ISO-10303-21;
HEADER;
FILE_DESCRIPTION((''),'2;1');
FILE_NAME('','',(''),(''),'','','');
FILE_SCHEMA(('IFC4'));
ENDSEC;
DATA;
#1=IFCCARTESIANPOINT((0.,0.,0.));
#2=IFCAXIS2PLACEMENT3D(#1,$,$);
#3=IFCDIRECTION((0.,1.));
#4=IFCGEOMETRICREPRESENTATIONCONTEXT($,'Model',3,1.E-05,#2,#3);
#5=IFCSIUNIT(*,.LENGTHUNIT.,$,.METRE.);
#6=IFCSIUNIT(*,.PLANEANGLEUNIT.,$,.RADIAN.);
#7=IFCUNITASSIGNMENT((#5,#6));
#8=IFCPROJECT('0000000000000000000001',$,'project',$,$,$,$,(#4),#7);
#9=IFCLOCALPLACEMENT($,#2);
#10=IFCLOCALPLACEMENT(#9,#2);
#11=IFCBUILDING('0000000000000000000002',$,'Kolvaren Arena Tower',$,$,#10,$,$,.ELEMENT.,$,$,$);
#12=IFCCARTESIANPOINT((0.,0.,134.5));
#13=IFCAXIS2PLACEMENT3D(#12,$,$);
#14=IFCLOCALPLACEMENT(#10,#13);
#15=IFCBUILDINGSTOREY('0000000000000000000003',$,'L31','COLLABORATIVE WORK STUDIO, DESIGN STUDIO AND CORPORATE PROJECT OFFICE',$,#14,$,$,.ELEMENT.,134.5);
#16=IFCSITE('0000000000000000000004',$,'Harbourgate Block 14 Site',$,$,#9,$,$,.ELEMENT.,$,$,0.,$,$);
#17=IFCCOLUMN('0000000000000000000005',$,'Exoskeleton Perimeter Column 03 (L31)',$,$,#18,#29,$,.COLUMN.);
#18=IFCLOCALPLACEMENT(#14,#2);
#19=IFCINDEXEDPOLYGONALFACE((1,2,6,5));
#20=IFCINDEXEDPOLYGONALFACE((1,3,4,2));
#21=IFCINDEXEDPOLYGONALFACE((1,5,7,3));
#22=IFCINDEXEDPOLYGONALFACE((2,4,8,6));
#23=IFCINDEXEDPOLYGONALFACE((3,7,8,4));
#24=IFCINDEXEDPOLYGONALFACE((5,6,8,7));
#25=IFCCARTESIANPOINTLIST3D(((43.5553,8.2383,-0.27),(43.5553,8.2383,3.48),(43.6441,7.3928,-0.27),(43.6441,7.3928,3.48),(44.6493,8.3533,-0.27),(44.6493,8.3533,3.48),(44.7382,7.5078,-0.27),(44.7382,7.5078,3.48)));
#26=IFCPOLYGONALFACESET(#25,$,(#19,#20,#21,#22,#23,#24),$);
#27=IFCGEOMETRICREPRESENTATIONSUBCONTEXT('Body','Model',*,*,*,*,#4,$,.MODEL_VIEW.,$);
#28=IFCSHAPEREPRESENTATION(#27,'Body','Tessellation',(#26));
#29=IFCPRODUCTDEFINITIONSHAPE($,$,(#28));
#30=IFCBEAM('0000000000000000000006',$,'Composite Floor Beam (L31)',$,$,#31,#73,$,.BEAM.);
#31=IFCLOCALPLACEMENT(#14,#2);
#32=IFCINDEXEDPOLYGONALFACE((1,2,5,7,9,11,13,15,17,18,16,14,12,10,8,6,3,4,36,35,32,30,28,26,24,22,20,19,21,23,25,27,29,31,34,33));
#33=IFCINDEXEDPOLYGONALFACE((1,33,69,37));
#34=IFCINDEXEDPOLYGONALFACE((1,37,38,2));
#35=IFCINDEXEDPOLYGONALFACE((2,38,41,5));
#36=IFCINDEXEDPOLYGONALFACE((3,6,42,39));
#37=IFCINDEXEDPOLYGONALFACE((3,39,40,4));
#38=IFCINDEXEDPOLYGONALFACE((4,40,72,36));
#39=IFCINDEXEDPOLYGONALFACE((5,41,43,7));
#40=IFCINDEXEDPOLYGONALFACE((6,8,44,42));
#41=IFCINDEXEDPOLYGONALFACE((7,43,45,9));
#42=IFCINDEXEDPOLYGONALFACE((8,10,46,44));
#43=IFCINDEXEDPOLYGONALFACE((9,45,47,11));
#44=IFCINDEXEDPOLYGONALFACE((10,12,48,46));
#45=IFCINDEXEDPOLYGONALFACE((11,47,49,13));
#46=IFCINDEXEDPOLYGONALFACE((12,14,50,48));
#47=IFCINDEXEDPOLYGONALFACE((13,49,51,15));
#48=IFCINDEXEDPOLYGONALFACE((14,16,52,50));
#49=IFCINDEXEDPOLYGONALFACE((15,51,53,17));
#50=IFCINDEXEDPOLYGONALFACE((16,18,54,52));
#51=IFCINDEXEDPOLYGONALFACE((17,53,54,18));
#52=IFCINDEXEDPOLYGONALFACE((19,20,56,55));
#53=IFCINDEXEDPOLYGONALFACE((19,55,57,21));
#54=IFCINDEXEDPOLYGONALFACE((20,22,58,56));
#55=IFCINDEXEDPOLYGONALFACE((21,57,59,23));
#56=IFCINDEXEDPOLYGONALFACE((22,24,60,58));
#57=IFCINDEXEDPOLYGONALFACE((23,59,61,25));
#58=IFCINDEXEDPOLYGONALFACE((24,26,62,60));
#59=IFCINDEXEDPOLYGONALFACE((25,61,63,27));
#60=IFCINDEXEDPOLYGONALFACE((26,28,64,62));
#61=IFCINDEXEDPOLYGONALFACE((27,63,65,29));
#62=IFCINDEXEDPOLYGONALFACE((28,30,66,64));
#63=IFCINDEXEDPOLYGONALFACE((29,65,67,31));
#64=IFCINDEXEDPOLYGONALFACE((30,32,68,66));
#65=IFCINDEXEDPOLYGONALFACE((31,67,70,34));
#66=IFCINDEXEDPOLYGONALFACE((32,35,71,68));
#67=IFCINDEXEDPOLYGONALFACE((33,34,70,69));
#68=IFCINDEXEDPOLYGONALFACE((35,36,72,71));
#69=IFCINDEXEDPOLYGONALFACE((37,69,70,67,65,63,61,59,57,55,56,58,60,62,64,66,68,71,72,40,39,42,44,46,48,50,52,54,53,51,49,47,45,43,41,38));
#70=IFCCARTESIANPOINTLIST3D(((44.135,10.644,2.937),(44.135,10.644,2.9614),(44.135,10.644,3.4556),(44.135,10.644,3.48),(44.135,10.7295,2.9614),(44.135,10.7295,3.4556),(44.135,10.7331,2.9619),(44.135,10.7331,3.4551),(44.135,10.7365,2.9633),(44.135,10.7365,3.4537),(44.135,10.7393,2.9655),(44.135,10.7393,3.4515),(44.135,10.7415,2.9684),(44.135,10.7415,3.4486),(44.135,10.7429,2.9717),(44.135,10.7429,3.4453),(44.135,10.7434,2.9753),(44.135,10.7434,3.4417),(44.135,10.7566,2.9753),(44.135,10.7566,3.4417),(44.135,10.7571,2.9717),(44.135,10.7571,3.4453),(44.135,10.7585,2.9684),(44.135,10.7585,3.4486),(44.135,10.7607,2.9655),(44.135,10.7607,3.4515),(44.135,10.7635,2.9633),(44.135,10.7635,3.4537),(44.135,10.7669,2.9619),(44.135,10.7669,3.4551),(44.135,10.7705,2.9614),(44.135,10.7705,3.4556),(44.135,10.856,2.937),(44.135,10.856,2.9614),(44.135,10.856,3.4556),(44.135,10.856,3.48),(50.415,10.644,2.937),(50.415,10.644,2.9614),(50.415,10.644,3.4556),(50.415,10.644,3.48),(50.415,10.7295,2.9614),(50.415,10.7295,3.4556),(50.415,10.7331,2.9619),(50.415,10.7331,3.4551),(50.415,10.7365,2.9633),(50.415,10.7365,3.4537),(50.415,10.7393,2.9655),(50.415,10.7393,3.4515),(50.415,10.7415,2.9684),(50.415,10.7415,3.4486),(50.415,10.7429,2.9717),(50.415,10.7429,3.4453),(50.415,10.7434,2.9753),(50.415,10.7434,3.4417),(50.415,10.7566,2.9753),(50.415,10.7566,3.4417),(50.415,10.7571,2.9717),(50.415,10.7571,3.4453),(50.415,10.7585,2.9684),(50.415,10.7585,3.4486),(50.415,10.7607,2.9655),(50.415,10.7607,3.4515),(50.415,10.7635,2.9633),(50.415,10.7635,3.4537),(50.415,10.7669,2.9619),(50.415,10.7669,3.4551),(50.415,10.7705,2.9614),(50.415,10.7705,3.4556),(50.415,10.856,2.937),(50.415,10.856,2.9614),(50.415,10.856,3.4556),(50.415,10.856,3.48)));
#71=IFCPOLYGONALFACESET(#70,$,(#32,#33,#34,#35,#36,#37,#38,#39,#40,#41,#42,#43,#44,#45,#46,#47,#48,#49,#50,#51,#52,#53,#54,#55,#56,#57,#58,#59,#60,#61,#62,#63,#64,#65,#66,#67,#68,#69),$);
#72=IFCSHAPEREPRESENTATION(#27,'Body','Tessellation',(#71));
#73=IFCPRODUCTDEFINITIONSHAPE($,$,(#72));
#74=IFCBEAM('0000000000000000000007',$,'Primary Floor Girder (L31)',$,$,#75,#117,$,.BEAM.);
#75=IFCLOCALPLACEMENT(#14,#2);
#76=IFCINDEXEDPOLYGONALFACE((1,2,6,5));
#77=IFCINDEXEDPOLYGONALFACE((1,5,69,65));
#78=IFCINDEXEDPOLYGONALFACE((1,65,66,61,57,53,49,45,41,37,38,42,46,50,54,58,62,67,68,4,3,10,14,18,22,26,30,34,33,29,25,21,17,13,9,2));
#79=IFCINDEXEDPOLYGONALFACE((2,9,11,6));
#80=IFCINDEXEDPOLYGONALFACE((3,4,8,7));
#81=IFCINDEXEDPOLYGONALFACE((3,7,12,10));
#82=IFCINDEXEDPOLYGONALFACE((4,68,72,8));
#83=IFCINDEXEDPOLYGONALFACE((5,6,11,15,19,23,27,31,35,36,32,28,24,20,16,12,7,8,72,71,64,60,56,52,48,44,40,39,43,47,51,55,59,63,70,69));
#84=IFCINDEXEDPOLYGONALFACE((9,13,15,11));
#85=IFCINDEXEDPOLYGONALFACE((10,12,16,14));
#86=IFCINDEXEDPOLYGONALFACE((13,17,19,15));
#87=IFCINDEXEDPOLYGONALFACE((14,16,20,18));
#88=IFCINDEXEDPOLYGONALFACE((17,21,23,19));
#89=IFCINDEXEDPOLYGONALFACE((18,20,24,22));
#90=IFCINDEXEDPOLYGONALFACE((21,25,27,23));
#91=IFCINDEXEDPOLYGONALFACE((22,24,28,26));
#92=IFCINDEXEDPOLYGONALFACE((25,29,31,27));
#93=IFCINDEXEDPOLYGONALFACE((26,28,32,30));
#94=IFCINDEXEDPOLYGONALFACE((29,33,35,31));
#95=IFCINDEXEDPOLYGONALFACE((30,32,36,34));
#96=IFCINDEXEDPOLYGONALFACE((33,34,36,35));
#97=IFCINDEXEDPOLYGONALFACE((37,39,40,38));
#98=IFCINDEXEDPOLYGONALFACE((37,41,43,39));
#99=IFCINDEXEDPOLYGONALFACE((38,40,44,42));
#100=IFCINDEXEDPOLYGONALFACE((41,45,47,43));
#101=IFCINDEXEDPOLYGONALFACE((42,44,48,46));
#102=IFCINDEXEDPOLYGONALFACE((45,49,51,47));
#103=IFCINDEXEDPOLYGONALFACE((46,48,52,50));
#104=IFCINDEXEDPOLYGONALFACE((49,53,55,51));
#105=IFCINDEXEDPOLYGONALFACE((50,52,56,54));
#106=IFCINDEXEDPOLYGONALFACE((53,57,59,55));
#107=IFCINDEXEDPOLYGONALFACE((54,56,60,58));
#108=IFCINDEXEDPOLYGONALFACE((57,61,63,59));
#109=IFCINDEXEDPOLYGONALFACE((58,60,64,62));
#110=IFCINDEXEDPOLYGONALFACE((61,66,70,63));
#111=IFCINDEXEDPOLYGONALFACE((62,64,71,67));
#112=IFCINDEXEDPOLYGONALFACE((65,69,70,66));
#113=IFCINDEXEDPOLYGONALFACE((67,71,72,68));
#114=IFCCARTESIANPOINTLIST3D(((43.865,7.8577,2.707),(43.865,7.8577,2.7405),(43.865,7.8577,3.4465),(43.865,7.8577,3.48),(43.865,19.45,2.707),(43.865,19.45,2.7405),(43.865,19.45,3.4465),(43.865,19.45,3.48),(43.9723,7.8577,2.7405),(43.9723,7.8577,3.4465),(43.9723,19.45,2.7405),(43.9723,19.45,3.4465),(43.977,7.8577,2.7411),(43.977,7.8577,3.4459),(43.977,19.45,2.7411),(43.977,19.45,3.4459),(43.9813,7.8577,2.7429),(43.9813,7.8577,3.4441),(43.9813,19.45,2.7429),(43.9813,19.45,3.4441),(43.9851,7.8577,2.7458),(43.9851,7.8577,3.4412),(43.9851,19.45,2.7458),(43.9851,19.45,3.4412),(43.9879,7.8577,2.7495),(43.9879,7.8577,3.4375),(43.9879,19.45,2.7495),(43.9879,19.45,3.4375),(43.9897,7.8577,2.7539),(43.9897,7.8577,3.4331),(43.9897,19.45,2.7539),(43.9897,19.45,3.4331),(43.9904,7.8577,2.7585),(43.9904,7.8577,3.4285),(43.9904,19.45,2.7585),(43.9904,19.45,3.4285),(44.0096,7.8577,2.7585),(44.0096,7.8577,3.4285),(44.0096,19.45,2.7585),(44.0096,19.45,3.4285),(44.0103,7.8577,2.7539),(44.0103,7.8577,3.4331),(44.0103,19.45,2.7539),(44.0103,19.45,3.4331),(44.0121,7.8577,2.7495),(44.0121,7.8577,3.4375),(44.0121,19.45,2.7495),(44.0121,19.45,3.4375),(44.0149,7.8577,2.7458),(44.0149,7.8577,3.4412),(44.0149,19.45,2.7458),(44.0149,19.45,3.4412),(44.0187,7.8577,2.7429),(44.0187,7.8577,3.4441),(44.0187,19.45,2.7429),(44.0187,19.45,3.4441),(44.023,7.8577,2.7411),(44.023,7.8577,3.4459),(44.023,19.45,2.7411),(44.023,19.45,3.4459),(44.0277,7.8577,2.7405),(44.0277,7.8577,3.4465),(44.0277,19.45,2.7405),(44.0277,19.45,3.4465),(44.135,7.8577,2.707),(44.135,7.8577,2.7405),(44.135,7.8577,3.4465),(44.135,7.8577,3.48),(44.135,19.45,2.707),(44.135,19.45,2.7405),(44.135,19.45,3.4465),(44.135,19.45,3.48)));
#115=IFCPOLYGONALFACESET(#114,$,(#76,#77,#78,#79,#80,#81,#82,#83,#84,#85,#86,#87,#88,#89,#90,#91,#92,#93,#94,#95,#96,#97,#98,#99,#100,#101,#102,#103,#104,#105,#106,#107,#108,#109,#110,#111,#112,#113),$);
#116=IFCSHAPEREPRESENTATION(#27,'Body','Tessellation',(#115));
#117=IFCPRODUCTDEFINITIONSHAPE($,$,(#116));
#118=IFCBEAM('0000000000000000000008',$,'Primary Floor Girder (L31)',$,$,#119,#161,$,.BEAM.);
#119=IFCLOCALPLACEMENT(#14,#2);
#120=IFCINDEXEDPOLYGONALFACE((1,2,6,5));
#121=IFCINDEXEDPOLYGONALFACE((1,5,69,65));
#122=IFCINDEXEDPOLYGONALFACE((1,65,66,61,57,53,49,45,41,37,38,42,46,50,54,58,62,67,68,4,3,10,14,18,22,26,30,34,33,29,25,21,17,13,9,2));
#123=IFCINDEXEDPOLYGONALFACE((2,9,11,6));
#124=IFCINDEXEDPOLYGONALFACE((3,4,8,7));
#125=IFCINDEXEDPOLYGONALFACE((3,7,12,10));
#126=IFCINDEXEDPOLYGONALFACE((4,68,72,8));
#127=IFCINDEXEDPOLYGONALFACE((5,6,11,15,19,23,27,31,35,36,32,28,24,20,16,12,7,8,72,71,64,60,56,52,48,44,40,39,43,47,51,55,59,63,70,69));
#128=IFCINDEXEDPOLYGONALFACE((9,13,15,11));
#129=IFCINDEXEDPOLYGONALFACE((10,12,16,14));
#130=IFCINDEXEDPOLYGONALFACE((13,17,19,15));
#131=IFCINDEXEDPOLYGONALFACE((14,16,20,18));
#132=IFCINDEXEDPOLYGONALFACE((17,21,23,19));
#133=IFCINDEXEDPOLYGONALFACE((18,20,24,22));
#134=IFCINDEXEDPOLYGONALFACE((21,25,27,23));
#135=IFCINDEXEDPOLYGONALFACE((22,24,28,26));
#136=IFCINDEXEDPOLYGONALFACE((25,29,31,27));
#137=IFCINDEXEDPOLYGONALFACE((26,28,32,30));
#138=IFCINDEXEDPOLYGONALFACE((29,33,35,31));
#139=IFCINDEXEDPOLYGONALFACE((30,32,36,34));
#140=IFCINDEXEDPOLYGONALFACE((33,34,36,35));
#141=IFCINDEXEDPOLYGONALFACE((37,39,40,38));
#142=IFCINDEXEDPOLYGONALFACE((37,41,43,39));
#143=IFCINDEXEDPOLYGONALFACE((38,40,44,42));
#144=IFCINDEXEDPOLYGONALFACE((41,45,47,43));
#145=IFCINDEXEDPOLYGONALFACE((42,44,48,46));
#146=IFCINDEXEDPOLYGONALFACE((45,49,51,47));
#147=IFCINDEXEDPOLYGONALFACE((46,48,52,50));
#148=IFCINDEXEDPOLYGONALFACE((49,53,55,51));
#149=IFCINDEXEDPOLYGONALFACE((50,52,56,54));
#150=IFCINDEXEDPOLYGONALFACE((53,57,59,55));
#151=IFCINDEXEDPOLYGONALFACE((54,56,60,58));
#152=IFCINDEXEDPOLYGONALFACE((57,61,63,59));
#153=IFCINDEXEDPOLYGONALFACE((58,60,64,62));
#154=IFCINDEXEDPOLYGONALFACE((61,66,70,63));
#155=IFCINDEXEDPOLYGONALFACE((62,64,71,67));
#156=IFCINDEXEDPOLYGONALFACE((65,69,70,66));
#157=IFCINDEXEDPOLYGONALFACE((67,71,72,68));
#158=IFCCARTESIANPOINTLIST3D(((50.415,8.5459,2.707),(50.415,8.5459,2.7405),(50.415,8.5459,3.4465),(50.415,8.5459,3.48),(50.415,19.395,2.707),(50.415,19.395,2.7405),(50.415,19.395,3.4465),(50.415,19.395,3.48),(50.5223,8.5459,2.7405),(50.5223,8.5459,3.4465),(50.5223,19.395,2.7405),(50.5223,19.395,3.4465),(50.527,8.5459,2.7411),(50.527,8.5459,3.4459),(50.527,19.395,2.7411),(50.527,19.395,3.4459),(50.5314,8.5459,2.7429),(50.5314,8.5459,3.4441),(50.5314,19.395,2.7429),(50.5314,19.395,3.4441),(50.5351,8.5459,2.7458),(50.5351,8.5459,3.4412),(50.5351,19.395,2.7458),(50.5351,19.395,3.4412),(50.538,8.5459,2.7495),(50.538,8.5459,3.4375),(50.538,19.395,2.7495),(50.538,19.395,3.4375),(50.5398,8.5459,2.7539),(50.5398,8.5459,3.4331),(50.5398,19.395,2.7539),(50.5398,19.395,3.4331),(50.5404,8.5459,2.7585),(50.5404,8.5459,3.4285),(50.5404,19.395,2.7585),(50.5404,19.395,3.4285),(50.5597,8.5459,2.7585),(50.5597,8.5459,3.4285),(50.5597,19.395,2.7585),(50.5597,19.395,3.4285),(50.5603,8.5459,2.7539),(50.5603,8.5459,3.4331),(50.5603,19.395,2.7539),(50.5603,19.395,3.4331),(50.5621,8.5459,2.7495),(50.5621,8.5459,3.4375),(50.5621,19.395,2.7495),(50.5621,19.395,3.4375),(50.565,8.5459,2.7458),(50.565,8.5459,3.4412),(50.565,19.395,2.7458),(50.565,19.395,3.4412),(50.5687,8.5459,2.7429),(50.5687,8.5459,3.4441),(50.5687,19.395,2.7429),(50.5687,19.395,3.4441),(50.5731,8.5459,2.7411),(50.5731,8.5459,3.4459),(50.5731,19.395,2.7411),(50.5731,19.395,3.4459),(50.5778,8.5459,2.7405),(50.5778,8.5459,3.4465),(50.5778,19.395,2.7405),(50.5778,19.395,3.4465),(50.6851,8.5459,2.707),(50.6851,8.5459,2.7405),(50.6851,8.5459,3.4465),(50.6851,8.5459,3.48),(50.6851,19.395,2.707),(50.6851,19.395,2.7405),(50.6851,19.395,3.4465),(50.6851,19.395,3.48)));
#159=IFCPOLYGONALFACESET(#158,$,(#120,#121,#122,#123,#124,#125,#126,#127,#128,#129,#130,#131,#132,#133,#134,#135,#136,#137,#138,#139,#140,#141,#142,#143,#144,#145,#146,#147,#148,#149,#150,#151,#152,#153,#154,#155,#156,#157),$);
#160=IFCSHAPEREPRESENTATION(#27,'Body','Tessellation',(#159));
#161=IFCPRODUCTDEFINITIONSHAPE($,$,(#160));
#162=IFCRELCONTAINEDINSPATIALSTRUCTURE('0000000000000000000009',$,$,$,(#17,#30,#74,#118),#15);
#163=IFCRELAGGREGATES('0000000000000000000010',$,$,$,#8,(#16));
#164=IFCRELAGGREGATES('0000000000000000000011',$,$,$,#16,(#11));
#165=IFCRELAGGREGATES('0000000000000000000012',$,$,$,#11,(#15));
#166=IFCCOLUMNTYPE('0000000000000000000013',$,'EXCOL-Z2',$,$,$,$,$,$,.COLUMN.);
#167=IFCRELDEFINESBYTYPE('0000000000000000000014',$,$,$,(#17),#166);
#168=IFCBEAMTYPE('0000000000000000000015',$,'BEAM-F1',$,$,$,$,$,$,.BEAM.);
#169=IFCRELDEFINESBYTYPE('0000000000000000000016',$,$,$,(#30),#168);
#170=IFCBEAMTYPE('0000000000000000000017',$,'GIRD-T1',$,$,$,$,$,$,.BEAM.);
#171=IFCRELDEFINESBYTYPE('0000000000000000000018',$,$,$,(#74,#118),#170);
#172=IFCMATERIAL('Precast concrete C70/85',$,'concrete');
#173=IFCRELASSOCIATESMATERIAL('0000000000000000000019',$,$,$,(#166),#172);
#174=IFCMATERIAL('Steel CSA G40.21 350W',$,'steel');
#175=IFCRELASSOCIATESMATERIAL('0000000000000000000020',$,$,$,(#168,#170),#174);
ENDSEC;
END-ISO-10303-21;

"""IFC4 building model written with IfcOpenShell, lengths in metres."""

from ifc_helpers import new_model, si_unit, direction, frame, origin, origin_2d, place, context, subcontext, project, spatial, rectangle, i_section, extrude, material, material_profile, profile_set, type_object, element, save


model = new_model("IFC4")

# Units and contexts
model_context = context("Model", 3, precision=1e-05, world=origin(), true_north=direction((0.0, 1.0)))
body_context = subcontext(model_context, "Body", "Model", "MODEL_VIEW")
ifc_project = project(units=[si_unit("LENGTHUNIT", "METRE"), si_unit("PLANEANGLEUNIT", "RADIAN")], contexts=[model_context])

# Site, building, storey
site_placement = place(None, origin())
site = spatial("IfcSite", under=ifc_project, at=site_placement, Name="Harbourgate Block 14 Site", CompositionType="ELEMENT", RefElevation=0.0)
building_placement = place(site_placement, origin())
building = spatial("IfcBuilding", under=site, at=building_placement, Name="Kolvaren Arena Tower", CompositionType="ELEMENT")
storey_placement = place(building_placement, frame((0.0, 0.0, 134.5)))
storey = spatial("IfcBuildingStorey", under=building, at=storey_placement, Name="L31", Description="COLLABORATIVE WORK STUDIO, DESIGN STUDIO AND CORPORATE PROJECT OFFICE", CompositionType="ELEMENT", Elevation=134.5)

# Column
ifc_material_1 = material(Name="Precast concrete C70/85", Category="concrete")
ifc_material_profile_1 = material_profile(ifc_material_1, rectangle(XDim=1.1001, YDim=0.8501, at=origin_2d()), Name="RC-1100x850")
ifc_profile_set_1 = profile_set([ifc_material_profile_1], Name="Precast concrete C70/85")
column_type = type_object("IfcColumnType", Name="EXCOL-Z2", PredefinedType="COLUMN", material=ifc_profile_set_1)
column_placement = place(storey_placement, frame((44.1467, 7.873, -0.27), z_axis=(0.0, 0.0, 1.0), x_axis=(0.994522, 0.104528, 0.0)))
element("IfcColumn", 1, at=column_placement, inside=storey, type_object=column_type, Name="Exoskeleton Perimeter Column 03 (L31)", PredefinedType="COLUMN", context=body_context, shape_type="SweptSolid", body=[
    extrude(rectangle(XDim=1.1001, YDim=0.8501, at=origin_2d()), origin(), (0.0, 0.0, 1.0), 3.75),
])

# Beams
ifc_material_2 = material(Name="Steel CSA G40.21 350W", Category="steel")
ifc_material_profile_2 = material_profile(ifc_material_2, i_section(OverallWidth=0.2119, OverallDepth=0.543, WebThickness=0.0132, FlangeThickness=0.0244, FilletRadius=0.0139, at=origin_2d()), Name="W530x150")
ifc_profile_set_2 = profile_set([ifc_material_profile_2], Name="Steel CSA G40.21 350W")
beam_type_1 = type_object("IfcBeamType", Name="BEAM-F1", PredefinedType="BEAM", material=ifc_profile_set_2)
beam_1_placement = place(storey_placement, frame((44.135, 10.75, 3.2085), z_axis=(1.0, 0.0, 0.0), x_axis=(0.0, 1.0, 0.0)))
element("IfcBeam", 2, at=beam_1_placement, inside=storey, type_object=beam_type_1, Name="Composite Floor Beam (L31)", PredefinedType="BEAM", context=body_context, shape_type="SweptSolid", body=[
    extrude(i_section(OverallWidth=0.2119, OverallDepth=0.543, WebThickness=0.0132, FlangeThickness=0.0244, FilletRadius=0.0139, at=origin_2d()), origin(), (0.0, 0.0, 1.0), 6.28),
])
ifc_material_profile_3 = material_profile(ifc_material_2, i_section(OverallWidth=0.27, OverallDepth=0.7729, WebThickness=0.0193, FlangeThickness=0.0334, FilletRadius=0.0181, at=origin_2d()), Name="W760x257")
ifc_profile_set_3 = profile_set([ifc_material_profile_3], Name="Steel CSA G40.21 350W")
beam_type_2 = type_object("IfcBeamType", Name="GIRD-T1", PredefinedType="BEAM", material=ifc_profile_set_3)
beam_2_placement = place(storey_placement, frame((44.0, 7.8577, 3.0935), z_axis=(0.0, 1.0, 0.0), x_axis=(-1.0, 0.0, 0.0)))
element("IfcBeam", 3, at=beam_2_placement, inside=storey, type_object=beam_type_2, Name="Primary Floor Girder (L31)", PredefinedType="BEAM", context=body_context, shape_type="SweptSolid", body=[
    extrude(i_section(OverallWidth=0.27, OverallDepth=0.7729, WebThickness=0.0193, FlangeThickness=0.0334, FilletRadius=0.0181, at=origin_2d()), origin(), (0.0, 0.0, 1.0), 11.5923),
])
beam_3_placement = place(storey_placement, frame((50.55, 8.5459, 3.0935), z_axis=(0.0, 1.0, 0.0), x_axis=(-1.0, 0.0, 0.0)))
element("IfcBeam", 4, at=beam_3_placement, inside=storey, type_object=beam_type_2, Name="Primary Floor Girder (L31)", PredefinedType="BEAM", context=body_context, shape_type="SweptSolid", body=[
    extrude(i_section(OverallWidth=0.27, OverallDepth=0.7729, WebThickness=0.0193, FlangeThickness=0.0334, FilletRadius=0.0181, at=origin_2d()), origin(), (0.0, 0.0, 1.0), 10.8491),
])

save(model, "model.ifc")
